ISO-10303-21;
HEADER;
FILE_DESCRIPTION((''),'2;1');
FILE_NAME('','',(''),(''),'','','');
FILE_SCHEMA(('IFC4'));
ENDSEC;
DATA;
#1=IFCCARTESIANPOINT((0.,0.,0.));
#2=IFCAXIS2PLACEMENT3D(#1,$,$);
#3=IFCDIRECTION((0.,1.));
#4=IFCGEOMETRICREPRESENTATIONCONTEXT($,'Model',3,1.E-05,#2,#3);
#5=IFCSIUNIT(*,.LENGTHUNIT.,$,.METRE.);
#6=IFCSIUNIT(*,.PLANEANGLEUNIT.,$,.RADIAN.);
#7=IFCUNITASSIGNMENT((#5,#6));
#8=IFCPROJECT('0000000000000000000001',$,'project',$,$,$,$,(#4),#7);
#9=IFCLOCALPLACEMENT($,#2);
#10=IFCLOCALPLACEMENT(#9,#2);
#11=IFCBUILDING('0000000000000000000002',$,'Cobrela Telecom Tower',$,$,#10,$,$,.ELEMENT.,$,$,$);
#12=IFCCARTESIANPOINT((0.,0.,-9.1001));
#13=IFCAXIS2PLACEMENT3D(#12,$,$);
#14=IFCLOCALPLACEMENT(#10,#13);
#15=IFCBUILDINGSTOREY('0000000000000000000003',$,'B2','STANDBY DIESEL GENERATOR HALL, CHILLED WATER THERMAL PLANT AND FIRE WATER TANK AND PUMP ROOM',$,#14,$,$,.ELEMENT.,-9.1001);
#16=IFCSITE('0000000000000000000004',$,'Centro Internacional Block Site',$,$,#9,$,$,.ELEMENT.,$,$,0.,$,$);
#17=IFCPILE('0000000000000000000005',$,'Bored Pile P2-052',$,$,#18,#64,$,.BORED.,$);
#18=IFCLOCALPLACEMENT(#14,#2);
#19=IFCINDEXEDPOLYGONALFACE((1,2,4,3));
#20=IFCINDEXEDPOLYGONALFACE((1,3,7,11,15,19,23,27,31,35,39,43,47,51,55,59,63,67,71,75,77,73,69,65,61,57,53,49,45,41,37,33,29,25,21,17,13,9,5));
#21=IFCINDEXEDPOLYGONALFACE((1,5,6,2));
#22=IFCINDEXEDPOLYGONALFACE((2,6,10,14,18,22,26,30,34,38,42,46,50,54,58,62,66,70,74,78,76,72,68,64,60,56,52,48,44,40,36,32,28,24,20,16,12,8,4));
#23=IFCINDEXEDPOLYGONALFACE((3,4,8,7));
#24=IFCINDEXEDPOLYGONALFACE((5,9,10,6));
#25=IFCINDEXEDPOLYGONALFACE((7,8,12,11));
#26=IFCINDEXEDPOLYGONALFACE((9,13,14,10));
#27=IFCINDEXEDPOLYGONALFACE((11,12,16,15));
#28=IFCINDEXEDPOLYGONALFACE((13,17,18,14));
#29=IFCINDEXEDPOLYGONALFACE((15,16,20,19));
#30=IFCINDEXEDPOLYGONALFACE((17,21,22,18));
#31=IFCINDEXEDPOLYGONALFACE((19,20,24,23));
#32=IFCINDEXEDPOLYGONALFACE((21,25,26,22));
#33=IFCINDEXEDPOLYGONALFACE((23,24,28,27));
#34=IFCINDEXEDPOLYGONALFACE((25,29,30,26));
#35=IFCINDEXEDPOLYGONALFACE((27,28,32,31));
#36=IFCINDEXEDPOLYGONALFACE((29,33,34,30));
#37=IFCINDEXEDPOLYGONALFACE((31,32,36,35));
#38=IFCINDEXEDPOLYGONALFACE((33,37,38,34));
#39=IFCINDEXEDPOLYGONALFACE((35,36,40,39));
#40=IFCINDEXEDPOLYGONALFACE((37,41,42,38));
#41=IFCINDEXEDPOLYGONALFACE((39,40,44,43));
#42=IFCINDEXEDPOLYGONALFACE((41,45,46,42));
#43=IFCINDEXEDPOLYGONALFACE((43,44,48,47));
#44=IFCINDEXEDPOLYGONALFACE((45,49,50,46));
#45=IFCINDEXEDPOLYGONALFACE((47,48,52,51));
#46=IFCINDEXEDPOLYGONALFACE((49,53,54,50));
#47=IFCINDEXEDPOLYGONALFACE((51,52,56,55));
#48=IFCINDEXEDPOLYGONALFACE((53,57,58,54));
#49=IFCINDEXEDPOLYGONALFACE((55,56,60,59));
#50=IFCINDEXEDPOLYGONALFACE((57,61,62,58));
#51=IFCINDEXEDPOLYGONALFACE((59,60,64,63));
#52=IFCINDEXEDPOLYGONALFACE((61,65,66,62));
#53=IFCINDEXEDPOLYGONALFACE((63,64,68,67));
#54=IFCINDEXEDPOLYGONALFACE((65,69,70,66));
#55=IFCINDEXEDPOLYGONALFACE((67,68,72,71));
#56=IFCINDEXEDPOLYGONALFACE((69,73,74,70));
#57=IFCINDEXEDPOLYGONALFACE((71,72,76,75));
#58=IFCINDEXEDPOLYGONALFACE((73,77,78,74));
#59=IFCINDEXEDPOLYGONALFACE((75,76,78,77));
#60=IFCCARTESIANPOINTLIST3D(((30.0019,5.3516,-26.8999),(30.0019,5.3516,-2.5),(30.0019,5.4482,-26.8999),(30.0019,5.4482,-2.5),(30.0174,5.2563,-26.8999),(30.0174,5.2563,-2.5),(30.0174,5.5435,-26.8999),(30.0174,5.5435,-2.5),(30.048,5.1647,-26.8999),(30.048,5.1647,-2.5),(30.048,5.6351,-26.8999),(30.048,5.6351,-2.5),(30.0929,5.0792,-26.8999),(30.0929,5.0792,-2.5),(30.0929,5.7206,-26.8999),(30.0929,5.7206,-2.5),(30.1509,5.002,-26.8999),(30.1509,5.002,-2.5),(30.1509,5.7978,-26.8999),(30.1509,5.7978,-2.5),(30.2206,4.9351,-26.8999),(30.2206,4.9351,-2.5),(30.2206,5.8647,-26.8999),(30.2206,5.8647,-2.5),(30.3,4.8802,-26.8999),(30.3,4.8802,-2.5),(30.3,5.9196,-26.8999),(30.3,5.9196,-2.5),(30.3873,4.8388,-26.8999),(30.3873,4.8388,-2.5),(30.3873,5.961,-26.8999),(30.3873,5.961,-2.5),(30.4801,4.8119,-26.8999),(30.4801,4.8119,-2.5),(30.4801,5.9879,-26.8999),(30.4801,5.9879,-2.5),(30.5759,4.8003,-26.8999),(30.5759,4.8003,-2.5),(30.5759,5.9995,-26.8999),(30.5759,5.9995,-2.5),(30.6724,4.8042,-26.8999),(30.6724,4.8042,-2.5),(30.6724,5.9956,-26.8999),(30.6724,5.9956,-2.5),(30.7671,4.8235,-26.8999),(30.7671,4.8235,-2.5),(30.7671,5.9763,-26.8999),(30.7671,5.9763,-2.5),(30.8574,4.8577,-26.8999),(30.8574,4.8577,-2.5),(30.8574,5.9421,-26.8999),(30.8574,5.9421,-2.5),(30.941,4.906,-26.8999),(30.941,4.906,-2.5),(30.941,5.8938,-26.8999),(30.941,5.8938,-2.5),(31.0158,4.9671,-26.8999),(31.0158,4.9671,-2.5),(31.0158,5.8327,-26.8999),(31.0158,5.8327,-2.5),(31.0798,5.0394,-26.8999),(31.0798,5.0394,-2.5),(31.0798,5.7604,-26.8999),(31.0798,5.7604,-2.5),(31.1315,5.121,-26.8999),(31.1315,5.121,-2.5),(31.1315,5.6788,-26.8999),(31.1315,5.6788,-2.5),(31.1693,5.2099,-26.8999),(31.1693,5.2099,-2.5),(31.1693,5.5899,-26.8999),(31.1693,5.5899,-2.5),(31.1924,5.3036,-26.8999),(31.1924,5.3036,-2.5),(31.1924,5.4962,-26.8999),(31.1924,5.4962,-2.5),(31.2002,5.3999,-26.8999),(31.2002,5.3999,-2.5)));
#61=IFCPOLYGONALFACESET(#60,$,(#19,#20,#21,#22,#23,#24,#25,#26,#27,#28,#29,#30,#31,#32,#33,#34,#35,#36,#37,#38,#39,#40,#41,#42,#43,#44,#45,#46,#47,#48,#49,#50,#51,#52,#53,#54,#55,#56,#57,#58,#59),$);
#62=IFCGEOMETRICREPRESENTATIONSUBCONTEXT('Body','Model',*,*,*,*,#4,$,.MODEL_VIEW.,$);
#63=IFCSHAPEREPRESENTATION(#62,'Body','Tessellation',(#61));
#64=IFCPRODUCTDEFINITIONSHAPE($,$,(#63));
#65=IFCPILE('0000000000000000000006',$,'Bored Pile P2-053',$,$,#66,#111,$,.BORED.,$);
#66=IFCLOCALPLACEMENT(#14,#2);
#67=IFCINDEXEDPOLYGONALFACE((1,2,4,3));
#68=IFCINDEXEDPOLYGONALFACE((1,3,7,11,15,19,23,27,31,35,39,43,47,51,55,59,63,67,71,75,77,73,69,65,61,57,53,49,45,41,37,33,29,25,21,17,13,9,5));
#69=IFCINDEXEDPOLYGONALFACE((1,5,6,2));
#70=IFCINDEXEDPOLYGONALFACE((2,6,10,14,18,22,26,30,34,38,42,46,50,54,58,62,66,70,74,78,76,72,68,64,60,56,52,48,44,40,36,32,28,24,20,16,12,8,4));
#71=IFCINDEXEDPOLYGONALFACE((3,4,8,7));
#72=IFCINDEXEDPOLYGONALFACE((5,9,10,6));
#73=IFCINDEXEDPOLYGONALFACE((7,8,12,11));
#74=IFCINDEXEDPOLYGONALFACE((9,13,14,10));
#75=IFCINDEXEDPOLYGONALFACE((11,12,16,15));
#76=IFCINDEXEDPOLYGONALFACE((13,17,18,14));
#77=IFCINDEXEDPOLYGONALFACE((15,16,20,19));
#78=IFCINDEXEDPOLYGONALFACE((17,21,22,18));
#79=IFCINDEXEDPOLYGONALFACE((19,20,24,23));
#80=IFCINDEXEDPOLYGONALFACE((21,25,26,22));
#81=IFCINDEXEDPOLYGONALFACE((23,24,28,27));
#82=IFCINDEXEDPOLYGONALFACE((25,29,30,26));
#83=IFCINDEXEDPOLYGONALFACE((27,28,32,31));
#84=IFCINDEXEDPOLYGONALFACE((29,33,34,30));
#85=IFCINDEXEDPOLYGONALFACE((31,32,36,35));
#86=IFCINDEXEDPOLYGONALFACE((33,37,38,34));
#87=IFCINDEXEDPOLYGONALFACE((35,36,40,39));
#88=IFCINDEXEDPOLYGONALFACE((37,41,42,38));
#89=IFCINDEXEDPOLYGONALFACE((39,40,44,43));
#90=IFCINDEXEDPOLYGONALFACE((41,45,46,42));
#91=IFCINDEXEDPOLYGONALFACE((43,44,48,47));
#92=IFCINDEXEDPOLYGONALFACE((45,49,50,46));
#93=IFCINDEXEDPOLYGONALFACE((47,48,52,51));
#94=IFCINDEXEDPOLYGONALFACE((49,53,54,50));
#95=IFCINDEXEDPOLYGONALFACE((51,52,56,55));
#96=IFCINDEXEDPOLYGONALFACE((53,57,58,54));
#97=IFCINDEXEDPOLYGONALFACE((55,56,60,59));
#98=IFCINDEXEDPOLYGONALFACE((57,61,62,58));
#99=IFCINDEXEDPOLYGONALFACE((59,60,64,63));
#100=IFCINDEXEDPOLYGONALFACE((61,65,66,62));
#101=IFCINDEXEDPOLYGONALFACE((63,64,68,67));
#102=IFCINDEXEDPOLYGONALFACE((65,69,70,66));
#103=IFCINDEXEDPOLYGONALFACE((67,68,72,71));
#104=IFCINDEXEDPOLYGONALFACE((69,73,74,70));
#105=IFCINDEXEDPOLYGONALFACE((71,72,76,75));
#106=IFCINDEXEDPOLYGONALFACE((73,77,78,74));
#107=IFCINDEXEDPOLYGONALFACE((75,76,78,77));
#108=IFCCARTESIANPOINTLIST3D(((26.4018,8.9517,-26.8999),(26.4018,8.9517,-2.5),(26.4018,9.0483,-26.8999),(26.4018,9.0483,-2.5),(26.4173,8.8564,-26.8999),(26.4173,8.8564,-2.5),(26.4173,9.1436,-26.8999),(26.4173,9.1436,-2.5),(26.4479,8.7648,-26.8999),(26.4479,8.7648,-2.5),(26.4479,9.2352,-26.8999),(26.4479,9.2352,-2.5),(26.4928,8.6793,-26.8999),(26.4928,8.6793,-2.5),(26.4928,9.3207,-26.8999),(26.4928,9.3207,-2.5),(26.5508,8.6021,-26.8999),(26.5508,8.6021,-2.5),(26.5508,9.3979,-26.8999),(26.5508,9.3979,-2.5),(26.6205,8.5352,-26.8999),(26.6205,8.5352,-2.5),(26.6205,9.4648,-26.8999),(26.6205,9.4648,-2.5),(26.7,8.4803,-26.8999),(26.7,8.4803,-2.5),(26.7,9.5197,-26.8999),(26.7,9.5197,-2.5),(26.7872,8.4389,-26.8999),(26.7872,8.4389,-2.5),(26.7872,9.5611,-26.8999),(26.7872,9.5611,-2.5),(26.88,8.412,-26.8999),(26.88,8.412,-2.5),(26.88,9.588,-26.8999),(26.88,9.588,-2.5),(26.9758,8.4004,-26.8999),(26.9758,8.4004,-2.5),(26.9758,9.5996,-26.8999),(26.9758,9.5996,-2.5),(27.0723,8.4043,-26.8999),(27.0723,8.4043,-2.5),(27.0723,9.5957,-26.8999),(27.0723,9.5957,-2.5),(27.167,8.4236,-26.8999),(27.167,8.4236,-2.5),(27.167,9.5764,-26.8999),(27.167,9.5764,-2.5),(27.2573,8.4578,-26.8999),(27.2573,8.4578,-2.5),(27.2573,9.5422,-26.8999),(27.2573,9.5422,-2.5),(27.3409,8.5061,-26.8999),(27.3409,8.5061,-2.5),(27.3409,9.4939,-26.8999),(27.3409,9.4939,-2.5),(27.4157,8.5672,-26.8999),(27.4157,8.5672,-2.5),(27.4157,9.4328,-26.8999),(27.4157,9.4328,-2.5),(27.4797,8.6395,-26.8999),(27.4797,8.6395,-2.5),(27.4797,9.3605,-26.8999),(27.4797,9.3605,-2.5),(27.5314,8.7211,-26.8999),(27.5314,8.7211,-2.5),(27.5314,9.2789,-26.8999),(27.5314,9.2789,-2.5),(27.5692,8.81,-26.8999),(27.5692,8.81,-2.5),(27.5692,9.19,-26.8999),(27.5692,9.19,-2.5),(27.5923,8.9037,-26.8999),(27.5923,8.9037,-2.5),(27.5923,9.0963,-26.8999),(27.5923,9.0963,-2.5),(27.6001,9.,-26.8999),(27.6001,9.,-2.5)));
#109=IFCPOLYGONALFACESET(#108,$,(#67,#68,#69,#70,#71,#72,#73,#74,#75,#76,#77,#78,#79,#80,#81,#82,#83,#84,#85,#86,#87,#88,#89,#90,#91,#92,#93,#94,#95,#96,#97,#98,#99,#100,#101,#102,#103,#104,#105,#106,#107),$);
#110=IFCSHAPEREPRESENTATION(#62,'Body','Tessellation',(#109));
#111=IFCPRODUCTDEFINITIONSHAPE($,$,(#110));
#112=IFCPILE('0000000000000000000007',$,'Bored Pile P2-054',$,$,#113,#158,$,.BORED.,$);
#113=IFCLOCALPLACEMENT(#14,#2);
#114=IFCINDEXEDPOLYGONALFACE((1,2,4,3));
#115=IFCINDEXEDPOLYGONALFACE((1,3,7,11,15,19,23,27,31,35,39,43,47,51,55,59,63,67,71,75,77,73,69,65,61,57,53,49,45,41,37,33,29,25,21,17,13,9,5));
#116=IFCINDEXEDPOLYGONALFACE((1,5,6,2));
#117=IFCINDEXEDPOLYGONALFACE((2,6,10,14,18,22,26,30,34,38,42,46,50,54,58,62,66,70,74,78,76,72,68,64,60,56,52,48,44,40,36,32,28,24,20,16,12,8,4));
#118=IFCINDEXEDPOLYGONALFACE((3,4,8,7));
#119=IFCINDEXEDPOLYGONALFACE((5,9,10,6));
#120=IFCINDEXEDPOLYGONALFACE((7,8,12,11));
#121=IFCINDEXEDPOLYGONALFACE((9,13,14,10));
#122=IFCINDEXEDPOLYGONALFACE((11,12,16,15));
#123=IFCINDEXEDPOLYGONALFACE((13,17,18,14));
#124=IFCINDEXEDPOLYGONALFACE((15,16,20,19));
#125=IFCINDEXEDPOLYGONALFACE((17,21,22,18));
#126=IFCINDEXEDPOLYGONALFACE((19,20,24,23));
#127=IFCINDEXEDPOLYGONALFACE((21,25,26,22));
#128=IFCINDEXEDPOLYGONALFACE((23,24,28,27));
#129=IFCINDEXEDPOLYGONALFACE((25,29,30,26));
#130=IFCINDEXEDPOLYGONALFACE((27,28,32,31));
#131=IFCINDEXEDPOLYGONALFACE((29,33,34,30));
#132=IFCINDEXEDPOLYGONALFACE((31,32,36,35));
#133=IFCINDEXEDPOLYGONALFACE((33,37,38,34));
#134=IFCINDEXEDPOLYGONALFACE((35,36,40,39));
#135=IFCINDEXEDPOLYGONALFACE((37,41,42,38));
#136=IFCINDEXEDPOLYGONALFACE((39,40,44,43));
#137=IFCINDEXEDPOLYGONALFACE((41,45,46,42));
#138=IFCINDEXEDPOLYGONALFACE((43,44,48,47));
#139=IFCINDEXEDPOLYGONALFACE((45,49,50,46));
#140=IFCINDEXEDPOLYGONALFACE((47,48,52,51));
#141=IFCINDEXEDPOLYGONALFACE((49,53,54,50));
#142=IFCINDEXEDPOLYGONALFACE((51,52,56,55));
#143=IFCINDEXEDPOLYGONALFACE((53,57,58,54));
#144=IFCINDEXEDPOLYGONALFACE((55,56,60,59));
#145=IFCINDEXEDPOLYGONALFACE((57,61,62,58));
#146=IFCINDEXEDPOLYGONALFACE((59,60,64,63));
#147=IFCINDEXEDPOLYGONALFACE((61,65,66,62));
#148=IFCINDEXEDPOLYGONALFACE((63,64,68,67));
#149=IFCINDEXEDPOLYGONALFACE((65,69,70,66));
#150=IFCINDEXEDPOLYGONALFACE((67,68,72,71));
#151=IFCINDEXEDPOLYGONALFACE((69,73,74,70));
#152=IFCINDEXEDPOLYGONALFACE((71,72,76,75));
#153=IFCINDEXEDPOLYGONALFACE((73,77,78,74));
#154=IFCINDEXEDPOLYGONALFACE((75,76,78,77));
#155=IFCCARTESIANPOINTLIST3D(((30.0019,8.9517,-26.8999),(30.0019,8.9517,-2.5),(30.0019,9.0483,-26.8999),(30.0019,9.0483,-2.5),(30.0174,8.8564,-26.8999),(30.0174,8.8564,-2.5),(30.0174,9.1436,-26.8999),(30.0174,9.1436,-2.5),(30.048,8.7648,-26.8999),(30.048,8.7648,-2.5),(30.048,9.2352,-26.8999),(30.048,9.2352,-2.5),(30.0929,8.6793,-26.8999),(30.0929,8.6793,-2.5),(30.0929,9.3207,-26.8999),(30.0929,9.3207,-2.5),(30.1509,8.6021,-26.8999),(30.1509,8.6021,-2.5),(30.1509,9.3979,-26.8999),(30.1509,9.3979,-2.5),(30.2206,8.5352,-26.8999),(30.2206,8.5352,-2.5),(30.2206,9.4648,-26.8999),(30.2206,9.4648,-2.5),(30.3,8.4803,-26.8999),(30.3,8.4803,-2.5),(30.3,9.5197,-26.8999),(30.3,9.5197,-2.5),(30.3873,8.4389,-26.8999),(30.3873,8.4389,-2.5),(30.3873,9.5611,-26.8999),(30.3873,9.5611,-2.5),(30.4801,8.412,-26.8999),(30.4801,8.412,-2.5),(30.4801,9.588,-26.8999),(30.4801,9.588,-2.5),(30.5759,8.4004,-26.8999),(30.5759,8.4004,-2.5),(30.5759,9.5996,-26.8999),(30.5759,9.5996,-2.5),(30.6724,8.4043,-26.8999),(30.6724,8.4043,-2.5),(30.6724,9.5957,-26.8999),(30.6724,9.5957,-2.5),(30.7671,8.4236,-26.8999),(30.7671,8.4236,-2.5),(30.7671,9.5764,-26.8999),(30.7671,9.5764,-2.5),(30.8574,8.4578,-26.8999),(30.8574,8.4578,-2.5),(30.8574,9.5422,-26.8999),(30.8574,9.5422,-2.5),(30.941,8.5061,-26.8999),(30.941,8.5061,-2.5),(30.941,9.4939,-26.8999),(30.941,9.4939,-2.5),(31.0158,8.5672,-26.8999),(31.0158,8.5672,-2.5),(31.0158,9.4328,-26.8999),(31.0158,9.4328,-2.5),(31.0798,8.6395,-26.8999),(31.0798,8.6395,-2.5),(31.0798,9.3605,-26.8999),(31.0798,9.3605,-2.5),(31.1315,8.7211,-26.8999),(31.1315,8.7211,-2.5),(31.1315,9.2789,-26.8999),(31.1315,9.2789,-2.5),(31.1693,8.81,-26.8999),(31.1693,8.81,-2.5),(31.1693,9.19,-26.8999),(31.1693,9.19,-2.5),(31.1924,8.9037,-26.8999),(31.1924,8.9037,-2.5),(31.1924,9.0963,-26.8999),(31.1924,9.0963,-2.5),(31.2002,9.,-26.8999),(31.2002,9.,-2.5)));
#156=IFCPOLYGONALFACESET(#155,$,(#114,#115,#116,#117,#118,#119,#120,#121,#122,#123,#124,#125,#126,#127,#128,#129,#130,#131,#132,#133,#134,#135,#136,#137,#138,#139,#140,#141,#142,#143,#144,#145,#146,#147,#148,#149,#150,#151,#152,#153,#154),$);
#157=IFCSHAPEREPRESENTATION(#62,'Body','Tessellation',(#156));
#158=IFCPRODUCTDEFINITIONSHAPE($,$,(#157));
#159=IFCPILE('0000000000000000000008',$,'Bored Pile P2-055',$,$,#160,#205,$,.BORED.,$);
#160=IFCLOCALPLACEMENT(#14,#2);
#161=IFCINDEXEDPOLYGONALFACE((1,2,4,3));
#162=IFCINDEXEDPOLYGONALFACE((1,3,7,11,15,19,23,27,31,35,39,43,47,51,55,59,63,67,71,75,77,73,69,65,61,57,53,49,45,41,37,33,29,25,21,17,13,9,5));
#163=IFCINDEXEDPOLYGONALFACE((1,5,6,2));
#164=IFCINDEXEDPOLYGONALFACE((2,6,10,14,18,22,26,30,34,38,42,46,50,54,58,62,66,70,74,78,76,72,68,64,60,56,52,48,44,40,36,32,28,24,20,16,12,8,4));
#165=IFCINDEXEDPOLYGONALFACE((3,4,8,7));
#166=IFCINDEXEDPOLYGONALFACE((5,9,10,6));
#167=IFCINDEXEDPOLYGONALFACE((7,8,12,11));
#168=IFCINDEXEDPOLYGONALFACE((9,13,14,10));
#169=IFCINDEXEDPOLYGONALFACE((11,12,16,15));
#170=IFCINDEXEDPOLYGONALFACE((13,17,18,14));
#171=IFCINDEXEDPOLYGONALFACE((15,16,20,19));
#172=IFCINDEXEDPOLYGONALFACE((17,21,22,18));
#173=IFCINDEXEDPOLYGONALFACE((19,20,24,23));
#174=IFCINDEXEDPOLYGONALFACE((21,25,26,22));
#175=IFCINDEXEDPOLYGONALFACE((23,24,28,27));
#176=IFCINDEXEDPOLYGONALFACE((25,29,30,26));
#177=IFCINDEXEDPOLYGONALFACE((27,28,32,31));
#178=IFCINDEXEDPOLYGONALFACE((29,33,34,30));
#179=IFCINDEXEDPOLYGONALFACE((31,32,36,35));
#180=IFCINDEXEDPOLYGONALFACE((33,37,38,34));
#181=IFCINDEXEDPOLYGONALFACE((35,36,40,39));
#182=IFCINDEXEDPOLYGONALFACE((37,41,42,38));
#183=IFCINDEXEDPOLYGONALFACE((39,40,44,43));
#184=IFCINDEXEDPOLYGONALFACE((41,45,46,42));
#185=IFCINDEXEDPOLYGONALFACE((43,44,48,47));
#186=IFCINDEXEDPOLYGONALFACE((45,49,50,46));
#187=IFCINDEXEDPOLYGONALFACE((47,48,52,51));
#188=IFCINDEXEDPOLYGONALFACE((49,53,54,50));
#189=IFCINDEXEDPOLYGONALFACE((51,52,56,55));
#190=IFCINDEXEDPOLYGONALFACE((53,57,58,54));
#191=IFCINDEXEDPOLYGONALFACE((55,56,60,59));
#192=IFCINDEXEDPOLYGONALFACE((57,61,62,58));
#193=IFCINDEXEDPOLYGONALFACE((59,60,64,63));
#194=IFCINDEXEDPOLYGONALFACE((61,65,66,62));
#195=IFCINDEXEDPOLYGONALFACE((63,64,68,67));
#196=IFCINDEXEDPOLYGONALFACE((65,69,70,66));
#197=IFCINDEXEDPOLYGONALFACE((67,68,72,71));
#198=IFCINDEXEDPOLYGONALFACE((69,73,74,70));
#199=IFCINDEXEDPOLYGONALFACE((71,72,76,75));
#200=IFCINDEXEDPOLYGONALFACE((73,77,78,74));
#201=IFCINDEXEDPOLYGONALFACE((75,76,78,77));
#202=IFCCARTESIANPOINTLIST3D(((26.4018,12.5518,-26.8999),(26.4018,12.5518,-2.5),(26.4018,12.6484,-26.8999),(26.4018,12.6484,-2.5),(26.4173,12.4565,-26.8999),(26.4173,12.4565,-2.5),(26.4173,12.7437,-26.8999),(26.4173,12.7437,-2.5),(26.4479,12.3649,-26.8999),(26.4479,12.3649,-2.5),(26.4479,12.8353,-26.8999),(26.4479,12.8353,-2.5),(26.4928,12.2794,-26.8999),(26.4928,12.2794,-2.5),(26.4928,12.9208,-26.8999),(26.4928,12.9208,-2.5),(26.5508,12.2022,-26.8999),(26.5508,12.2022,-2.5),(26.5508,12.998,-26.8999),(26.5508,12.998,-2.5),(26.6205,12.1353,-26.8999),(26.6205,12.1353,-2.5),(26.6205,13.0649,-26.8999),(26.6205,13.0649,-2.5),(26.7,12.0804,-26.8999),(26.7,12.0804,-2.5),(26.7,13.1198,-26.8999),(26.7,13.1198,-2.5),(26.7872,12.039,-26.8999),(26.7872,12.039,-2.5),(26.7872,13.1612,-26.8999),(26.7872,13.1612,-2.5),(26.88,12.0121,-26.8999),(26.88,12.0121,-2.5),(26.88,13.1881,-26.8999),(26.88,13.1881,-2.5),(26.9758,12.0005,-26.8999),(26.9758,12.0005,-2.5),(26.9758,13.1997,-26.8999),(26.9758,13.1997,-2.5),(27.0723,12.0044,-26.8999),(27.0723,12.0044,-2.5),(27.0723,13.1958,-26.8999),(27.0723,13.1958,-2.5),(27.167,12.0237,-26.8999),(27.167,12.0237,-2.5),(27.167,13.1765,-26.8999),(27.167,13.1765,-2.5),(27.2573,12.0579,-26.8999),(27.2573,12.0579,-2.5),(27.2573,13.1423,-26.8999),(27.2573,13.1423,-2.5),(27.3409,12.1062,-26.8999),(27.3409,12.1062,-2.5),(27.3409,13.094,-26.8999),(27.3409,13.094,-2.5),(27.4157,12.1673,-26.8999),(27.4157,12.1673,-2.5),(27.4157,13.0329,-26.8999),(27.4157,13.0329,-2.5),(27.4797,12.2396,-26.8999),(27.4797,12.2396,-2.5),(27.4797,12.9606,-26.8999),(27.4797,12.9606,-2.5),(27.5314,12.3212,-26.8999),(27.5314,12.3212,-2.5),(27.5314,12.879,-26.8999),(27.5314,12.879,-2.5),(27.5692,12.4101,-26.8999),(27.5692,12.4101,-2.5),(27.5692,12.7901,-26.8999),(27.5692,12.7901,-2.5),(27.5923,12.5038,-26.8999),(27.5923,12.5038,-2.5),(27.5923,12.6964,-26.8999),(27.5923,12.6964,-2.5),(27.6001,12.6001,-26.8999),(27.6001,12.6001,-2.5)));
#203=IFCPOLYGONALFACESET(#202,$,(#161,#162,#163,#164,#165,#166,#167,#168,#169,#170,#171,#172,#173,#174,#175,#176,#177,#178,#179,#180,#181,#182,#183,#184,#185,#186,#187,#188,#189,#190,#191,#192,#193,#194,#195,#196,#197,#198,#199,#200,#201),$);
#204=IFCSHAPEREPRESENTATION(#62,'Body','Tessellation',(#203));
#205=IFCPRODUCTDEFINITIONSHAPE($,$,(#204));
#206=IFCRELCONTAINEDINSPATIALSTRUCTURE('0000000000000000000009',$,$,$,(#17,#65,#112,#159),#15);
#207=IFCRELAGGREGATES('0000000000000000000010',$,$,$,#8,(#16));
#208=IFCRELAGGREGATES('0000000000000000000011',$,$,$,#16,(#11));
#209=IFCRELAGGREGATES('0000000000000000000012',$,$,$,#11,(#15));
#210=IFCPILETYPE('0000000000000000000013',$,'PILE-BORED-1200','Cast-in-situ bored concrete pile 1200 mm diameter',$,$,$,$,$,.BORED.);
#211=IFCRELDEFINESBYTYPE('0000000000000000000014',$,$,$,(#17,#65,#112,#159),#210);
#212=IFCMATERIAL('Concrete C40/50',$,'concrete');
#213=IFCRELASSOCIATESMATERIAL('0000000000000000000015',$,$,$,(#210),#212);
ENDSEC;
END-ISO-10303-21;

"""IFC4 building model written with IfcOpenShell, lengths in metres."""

from ifc_helpers import new_model, si_unit, direction, frame, origin, origin_2d, place, context, subcontext, project, spatial, circle, extrude, material, material_profile, profile_set, type_object, element, save


model = new_model("IFC4")

# Units and contexts
model_context = context("Model", 3, precision=1e-05, world=origin(), true_north=direction((0.0, 1.0)))
body_context = subcontext(model_context, "Body", "Model", "MODEL_VIEW")
ifc_project = project(units=[si_unit("LENGTHUNIT", "METRE"), si_unit("PLANEANGLEUNIT", "RADIAN")], contexts=[model_context])

# Site, building, storey
site_placement = place(None, origin())
site = spatial("IfcSite", under=ifc_project, at=site_placement, Name="Centro Internacional Block Site", CompositionType="ELEMENT", RefElevation=0.0)
building_placement = place(site_placement, origin())
building = spatial("IfcBuilding", under=site, at=building_placement, Name="Cobrela Telecom Tower", CompositionType="ELEMENT")
storey_placement = place(building_placement, frame((0.0, 0.0, -9.1001)))
storey = spatial("IfcBuildingStorey", under=building, at=storey_placement, Name="B2", Description="STANDBY DIESEL GENERATOR HALL, CHILLED WATER THERMAL PLANT AND FIRE WATER TANK AND PUMP ROOM", CompositionType="ELEMENT", Elevation=-9.1001)

# Shared definitions
ifc_material_1 = material(Name="Concrete C40/50", Category="concrete")

# Piles
ifc_material_profile_1 = material_profile(ifc_material_1, circle(Radius=0.6001, at=origin_2d()), Name="BORED PILE D1200")
ifc_profile_set_1 = profile_set([ifc_material_profile_1], Name="Concrete C40/50")
pile_type = type_object("IfcPileType", Name="PILE-BORED-1200", Description="Cast-in-situ bored concrete pile 1200 mm diameter", PredefinedType="BORED", material=ifc_profile_set_1)
for number, where, z_axis, x_axis, name in (
    (1, (30.6001, 5.3999, -2.5), (0.0, 0.0, -1.0), (1.0, 0.0, 0.0), "Bored Pile P2-052"),
    (2, (27.0, 9.0, -2.5), (0.0, 0.0, -1.0), (1.0, 0.0, 0.0), "Bored Pile P2-053"),
    (3, (30.6001, 9.0, -2.5), (0.0, 0.0, -1.0), (1.0, 0.0, 0.0), "Bored Pile P2-054"),
    (4, (27.0, 12.6001, -2.5), (0.0, 0.0, -1.0), (1.0, 0.0, 0.0), "Bored Pile P2-055"),
):
    element("IfcPile", number, at=place(storey_placement, frame(where, z_axis=z_axis, x_axis=x_axis)), inside=storey, type_object=pile_type, Name=name, PredefinedType="BORED", context=body_context, shape_type="SweptSolid", body=[
        extrude(circle(Radius=0.6001, at=origin_2d()), origin(), (0.0, 0.0, 1.0), 24.3999),
    ])

save(model, "model.ifc")
